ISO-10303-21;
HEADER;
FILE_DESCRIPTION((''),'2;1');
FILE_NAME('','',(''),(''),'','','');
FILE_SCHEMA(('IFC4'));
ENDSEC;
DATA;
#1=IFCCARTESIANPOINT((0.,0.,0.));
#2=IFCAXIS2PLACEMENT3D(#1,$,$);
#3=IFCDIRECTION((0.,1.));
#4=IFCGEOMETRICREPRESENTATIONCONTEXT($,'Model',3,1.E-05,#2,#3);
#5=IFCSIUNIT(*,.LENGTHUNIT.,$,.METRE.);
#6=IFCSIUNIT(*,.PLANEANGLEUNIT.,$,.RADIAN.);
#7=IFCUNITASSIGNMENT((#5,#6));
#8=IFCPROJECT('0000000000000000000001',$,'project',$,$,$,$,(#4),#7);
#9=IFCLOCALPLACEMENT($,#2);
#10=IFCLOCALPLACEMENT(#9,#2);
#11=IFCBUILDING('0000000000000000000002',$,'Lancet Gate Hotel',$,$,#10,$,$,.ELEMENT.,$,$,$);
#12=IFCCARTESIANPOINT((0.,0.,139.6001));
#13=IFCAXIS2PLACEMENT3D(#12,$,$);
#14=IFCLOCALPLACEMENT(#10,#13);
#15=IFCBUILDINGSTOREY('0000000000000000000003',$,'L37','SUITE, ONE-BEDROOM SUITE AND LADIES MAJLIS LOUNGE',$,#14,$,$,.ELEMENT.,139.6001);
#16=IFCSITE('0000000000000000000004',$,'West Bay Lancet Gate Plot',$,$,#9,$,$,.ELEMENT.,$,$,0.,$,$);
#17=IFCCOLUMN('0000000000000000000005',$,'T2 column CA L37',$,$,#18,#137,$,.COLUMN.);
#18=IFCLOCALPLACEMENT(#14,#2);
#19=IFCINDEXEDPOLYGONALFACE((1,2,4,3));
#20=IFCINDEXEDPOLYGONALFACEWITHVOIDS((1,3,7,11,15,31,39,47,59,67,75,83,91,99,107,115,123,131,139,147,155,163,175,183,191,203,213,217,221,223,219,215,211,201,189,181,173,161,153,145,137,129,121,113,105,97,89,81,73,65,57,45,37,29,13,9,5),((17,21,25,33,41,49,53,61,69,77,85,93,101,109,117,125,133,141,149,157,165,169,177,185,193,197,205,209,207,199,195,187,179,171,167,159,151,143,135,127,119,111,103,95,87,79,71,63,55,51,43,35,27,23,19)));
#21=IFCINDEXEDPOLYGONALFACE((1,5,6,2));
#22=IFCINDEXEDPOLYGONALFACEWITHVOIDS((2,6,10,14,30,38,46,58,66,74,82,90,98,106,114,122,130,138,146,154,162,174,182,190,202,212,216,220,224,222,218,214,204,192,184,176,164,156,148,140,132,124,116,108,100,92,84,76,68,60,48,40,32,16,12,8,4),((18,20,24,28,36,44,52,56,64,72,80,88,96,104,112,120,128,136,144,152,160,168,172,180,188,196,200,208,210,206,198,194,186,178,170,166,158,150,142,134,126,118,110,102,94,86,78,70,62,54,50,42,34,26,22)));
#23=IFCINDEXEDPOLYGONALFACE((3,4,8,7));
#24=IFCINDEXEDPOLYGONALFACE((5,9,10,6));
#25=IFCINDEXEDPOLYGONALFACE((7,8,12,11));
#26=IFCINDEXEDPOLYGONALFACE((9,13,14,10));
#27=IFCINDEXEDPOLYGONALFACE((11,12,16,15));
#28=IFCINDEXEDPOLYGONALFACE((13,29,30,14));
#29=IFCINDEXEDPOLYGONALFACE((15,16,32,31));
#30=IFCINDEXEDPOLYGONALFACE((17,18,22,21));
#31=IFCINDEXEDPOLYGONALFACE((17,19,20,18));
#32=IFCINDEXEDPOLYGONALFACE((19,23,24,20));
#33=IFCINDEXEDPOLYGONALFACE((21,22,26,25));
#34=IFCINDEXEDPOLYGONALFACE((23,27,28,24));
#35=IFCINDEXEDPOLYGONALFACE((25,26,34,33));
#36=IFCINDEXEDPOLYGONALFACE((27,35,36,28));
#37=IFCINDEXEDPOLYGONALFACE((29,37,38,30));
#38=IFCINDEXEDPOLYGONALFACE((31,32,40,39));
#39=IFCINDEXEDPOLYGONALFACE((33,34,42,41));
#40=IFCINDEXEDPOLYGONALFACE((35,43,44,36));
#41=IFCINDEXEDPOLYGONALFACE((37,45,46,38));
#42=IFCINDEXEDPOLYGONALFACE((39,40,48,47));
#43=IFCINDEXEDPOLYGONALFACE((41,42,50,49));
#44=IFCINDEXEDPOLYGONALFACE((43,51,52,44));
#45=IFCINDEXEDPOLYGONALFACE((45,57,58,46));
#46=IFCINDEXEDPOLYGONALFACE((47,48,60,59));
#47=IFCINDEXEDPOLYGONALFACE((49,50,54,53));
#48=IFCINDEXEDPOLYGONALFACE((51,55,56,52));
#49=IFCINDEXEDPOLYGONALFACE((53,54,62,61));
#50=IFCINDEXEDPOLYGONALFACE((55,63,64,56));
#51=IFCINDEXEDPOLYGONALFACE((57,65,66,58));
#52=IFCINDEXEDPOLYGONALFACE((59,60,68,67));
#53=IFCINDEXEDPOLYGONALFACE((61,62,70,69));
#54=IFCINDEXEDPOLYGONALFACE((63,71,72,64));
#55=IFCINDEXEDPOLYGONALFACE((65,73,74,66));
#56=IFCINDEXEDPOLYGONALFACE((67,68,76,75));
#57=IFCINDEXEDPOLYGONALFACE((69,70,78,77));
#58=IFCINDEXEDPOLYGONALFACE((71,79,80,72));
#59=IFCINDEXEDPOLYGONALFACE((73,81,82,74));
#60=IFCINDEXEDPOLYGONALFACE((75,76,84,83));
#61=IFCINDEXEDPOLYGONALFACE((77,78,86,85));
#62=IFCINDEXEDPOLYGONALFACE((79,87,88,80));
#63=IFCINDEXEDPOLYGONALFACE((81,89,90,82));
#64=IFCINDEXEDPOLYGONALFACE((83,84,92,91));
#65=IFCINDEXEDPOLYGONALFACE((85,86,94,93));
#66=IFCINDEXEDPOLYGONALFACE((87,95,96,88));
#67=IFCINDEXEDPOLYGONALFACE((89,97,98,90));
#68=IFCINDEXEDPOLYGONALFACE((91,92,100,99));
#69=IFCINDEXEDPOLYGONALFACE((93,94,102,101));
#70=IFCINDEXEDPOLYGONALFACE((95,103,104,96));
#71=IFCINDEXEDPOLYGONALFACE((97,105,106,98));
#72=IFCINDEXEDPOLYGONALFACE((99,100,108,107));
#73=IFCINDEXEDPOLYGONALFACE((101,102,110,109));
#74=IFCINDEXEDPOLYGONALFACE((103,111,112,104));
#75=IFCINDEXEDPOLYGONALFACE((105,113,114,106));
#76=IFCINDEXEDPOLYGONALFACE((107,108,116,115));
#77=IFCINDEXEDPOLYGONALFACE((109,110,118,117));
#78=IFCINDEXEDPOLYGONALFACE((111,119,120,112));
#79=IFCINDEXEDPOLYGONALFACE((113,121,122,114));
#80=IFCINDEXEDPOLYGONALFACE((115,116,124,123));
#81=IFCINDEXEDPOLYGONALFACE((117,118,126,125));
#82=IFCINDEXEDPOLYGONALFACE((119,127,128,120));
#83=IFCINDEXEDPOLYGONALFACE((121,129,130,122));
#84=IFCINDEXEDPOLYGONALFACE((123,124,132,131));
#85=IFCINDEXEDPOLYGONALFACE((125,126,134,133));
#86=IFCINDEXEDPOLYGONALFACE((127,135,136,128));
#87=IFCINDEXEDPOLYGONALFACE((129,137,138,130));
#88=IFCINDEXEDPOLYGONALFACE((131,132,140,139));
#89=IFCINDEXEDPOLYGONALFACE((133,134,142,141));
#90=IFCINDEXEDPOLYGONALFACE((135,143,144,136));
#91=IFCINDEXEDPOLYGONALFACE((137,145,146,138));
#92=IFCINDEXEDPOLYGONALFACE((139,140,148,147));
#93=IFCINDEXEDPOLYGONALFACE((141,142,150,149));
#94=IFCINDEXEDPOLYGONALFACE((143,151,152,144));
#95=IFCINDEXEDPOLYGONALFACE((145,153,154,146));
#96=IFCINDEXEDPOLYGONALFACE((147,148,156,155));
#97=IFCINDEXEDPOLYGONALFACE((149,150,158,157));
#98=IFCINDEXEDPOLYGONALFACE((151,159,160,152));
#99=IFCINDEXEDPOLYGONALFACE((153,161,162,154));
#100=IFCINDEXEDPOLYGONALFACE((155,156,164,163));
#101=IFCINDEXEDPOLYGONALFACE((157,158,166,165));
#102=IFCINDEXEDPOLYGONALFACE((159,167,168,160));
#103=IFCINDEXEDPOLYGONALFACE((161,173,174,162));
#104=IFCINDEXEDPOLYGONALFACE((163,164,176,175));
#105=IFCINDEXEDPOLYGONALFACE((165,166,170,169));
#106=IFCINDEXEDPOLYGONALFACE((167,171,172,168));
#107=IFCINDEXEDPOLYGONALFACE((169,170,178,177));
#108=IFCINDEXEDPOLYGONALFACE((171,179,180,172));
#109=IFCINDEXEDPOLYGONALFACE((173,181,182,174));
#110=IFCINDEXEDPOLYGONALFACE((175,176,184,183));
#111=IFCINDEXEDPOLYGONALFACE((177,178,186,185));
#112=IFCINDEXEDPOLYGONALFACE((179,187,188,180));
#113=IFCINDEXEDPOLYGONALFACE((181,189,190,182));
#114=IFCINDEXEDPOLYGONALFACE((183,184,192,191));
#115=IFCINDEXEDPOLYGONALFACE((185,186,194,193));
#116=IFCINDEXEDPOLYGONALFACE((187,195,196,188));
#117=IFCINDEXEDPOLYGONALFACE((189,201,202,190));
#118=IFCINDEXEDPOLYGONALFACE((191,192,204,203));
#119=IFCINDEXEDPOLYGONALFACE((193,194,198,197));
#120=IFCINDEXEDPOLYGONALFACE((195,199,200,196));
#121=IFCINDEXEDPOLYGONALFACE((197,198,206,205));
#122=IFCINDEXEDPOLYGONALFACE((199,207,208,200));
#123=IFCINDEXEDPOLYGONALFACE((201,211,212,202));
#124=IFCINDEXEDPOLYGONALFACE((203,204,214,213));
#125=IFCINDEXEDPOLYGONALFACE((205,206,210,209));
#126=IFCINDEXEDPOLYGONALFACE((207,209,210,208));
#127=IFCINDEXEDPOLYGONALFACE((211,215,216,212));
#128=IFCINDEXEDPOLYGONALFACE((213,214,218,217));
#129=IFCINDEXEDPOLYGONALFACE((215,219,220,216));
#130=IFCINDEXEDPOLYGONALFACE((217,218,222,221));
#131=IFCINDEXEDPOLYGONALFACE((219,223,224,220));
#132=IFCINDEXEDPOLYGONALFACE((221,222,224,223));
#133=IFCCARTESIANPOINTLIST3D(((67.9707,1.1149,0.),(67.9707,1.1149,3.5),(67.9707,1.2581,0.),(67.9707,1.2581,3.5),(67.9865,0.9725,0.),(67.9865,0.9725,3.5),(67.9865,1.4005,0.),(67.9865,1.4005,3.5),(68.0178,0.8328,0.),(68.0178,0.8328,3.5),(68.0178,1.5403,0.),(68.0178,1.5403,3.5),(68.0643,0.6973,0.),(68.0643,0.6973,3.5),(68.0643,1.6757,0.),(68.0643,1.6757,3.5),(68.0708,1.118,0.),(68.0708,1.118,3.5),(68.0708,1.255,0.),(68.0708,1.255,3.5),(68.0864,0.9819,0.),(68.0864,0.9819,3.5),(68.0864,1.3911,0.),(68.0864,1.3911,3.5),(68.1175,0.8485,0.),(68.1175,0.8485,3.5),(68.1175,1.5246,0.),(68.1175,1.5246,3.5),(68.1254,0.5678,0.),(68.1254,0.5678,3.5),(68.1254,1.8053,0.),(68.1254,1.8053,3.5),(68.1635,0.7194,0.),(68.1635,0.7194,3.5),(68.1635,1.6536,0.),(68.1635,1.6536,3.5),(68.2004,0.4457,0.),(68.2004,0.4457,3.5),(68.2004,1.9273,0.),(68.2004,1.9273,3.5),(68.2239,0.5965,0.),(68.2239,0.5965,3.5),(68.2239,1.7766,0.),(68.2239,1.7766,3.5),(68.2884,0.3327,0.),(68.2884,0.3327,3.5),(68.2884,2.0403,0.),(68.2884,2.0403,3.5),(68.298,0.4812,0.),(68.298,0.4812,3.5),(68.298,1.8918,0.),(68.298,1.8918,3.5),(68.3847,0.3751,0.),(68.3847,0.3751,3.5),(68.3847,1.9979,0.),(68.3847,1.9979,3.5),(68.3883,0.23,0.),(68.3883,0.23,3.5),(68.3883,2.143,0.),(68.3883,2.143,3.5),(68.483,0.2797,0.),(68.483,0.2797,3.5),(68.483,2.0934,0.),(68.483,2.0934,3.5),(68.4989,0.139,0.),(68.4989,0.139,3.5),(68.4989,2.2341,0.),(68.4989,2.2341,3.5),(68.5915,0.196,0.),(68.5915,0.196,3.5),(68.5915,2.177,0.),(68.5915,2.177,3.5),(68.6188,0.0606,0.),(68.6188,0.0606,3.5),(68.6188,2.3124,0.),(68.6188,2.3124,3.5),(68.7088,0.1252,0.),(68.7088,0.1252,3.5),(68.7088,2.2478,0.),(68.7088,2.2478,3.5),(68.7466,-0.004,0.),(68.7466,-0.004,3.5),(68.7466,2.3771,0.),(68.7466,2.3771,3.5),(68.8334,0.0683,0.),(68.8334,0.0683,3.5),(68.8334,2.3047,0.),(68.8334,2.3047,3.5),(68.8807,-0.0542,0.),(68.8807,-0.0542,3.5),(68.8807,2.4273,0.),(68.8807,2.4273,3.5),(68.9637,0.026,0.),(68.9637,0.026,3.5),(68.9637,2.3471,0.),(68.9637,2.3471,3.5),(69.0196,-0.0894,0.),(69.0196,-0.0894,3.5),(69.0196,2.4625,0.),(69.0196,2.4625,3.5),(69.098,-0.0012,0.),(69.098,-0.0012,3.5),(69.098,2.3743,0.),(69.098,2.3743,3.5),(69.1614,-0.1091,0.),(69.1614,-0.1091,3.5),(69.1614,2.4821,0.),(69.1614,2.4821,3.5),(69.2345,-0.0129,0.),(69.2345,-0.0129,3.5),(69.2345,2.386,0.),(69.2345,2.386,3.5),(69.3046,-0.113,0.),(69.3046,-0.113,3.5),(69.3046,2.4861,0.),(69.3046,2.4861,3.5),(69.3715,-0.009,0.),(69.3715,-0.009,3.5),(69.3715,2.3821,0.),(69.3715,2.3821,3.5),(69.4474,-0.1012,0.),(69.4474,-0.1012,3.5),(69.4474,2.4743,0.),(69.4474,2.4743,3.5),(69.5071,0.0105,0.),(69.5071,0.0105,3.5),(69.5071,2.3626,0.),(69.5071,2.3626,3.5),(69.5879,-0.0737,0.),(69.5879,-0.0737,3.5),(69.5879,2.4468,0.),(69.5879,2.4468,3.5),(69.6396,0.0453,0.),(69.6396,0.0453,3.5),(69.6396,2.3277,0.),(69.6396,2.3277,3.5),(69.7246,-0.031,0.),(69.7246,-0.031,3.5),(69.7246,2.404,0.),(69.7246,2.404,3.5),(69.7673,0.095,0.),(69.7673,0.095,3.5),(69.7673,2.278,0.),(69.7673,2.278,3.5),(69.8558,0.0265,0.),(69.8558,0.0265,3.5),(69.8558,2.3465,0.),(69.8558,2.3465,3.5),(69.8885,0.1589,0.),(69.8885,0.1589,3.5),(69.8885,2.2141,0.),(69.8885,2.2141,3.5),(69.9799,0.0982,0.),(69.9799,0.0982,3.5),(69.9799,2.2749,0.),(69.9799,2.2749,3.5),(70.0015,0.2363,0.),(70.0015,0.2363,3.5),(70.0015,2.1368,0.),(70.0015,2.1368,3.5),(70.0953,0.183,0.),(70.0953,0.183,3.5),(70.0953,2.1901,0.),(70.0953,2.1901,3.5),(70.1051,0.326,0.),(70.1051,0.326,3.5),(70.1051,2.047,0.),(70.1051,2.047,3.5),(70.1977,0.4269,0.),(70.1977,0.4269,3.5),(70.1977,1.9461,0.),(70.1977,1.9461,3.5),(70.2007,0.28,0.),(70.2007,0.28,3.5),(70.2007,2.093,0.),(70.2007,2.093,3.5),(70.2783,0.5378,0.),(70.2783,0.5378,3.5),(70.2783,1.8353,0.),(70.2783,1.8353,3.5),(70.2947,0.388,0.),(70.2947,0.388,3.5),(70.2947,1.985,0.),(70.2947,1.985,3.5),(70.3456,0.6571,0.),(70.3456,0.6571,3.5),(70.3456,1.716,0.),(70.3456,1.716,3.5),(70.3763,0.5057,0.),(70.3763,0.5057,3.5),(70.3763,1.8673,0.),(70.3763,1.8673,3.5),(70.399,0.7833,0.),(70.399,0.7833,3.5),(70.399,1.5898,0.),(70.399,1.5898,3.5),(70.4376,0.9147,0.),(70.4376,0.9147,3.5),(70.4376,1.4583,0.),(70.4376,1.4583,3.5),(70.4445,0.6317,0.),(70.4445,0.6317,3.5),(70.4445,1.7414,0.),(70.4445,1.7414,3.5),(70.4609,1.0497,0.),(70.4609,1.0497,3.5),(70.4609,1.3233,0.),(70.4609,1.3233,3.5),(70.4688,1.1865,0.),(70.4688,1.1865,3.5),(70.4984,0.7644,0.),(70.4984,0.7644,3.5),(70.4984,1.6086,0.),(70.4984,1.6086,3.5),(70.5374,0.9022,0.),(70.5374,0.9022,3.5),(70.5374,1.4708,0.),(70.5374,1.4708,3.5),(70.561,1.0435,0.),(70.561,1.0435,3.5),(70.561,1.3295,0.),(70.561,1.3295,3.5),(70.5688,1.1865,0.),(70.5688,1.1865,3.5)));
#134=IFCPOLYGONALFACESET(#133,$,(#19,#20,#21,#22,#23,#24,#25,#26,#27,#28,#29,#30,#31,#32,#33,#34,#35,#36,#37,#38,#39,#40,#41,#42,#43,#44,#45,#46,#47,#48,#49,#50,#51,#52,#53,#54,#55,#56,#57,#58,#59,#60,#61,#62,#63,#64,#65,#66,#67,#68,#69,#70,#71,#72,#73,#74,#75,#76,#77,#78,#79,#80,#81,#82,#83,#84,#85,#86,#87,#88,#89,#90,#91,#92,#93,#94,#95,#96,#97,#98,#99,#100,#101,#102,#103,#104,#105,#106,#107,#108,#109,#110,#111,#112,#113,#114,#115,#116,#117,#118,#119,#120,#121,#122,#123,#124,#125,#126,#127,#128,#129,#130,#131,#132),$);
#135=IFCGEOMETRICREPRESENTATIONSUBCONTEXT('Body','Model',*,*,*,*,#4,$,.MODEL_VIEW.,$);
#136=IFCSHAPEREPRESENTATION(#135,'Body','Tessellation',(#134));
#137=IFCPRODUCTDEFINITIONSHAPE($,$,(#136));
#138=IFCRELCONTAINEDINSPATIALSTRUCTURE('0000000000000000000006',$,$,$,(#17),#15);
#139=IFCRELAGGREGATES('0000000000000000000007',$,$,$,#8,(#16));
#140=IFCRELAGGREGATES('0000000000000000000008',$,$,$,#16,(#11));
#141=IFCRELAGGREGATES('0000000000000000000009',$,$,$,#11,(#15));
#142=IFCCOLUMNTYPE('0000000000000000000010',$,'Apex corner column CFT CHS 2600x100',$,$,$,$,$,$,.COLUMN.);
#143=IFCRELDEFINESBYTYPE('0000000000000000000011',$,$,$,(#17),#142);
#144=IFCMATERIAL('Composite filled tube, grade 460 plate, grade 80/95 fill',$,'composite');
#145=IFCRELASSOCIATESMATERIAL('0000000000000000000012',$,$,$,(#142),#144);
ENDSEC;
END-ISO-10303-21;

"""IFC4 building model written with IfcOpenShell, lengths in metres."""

from ifc_helpers import new_model, si_unit, direction, frame, origin, origin_2d, place, context, subcontext, project, spatial, hollow_circle, extrude, material, material_profile, profile_set, type_object, element, save


model = new_model("IFC4")

# Units and contexts
model_context = context("Model", 3, precision=1e-05, world=origin(), true_north=direction((0.0, 1.0)))
body_context = subcontext(model_context, "Body", "Model", "MODEL_VIEW")
ifc_project = project(units=[si_unit("LENGTHUNIT", "METRE"), si_unit("PLANEANGLEUNIT", "RADIAN")], contexts=[model_context])

# Site, building, storey
site_placement = place(None, origin())
site = spatial("IfcSite", under=ifc_project, at=site_placement, Name="West Bay Lancet Gate Plot", CompositionType="ELEMENT", RefElevation=0.0)
building_placement = place(site_placement, origin())
building = spatial("IfcBuilding", under=site, at=building_placement, Name="Lancet Gate Hotel", CompositionType="ELEMENT")
storey_placement = place(building_placement, frame((0.0, 0.0, 139.6001)))
storey = spatial("IfcBuildingStorey", under=building, at=storey_placement, Name="L37", Description="SUITE, ONE-BEDROOM SUITE AND LADIES MAJLIS LOUNGE", CompositionType="ELEMENT", Elevation=139.6001)

# Column
ifc_material_1 = material(Name="Composite filled tube, grade 460 plate, grade 80/95 fill", Category="composite")
ifc_material_profile_1 = material_profile(ifc_material_1, hollow_circle(Radius=1.3, WallThickness=0.1001, at=origin_2d()), Name="CHS 2600x100")
ifc_profile_set_1 = profile_set([ifc_material_profile_1], Name="Composite filled tube, grade 460 plate, grade 80/95 fill")
column_type_1 = type_object("IfcColumnType", Name="Apex corner column CFT CHS 2600x100", PredefinedType="COLUMN", material=ifc_profile_set_1)
column_1_placement = place(storey_placement, frame((69.2688, 1.1865, 0.0), z_axis=(0.0, 0.0, 1.0), x_axis=(1.0, 0.0, 0.0)))
element("IfcColumn", 1, at=column_1_placement, inside=storey, type_object=column_type_1, Name="T2 column CA L37", PredefinedType="COLUMN", context=body_context, shape_type="SweptSolid", body=[
    extrude(hollow_circle(Radius=1.3, WallThickness=0.1001, at=origin_2d()), origin(), (0.0, 0.0, 1.0), 3.5),
])

save(model, "model.ifc")
